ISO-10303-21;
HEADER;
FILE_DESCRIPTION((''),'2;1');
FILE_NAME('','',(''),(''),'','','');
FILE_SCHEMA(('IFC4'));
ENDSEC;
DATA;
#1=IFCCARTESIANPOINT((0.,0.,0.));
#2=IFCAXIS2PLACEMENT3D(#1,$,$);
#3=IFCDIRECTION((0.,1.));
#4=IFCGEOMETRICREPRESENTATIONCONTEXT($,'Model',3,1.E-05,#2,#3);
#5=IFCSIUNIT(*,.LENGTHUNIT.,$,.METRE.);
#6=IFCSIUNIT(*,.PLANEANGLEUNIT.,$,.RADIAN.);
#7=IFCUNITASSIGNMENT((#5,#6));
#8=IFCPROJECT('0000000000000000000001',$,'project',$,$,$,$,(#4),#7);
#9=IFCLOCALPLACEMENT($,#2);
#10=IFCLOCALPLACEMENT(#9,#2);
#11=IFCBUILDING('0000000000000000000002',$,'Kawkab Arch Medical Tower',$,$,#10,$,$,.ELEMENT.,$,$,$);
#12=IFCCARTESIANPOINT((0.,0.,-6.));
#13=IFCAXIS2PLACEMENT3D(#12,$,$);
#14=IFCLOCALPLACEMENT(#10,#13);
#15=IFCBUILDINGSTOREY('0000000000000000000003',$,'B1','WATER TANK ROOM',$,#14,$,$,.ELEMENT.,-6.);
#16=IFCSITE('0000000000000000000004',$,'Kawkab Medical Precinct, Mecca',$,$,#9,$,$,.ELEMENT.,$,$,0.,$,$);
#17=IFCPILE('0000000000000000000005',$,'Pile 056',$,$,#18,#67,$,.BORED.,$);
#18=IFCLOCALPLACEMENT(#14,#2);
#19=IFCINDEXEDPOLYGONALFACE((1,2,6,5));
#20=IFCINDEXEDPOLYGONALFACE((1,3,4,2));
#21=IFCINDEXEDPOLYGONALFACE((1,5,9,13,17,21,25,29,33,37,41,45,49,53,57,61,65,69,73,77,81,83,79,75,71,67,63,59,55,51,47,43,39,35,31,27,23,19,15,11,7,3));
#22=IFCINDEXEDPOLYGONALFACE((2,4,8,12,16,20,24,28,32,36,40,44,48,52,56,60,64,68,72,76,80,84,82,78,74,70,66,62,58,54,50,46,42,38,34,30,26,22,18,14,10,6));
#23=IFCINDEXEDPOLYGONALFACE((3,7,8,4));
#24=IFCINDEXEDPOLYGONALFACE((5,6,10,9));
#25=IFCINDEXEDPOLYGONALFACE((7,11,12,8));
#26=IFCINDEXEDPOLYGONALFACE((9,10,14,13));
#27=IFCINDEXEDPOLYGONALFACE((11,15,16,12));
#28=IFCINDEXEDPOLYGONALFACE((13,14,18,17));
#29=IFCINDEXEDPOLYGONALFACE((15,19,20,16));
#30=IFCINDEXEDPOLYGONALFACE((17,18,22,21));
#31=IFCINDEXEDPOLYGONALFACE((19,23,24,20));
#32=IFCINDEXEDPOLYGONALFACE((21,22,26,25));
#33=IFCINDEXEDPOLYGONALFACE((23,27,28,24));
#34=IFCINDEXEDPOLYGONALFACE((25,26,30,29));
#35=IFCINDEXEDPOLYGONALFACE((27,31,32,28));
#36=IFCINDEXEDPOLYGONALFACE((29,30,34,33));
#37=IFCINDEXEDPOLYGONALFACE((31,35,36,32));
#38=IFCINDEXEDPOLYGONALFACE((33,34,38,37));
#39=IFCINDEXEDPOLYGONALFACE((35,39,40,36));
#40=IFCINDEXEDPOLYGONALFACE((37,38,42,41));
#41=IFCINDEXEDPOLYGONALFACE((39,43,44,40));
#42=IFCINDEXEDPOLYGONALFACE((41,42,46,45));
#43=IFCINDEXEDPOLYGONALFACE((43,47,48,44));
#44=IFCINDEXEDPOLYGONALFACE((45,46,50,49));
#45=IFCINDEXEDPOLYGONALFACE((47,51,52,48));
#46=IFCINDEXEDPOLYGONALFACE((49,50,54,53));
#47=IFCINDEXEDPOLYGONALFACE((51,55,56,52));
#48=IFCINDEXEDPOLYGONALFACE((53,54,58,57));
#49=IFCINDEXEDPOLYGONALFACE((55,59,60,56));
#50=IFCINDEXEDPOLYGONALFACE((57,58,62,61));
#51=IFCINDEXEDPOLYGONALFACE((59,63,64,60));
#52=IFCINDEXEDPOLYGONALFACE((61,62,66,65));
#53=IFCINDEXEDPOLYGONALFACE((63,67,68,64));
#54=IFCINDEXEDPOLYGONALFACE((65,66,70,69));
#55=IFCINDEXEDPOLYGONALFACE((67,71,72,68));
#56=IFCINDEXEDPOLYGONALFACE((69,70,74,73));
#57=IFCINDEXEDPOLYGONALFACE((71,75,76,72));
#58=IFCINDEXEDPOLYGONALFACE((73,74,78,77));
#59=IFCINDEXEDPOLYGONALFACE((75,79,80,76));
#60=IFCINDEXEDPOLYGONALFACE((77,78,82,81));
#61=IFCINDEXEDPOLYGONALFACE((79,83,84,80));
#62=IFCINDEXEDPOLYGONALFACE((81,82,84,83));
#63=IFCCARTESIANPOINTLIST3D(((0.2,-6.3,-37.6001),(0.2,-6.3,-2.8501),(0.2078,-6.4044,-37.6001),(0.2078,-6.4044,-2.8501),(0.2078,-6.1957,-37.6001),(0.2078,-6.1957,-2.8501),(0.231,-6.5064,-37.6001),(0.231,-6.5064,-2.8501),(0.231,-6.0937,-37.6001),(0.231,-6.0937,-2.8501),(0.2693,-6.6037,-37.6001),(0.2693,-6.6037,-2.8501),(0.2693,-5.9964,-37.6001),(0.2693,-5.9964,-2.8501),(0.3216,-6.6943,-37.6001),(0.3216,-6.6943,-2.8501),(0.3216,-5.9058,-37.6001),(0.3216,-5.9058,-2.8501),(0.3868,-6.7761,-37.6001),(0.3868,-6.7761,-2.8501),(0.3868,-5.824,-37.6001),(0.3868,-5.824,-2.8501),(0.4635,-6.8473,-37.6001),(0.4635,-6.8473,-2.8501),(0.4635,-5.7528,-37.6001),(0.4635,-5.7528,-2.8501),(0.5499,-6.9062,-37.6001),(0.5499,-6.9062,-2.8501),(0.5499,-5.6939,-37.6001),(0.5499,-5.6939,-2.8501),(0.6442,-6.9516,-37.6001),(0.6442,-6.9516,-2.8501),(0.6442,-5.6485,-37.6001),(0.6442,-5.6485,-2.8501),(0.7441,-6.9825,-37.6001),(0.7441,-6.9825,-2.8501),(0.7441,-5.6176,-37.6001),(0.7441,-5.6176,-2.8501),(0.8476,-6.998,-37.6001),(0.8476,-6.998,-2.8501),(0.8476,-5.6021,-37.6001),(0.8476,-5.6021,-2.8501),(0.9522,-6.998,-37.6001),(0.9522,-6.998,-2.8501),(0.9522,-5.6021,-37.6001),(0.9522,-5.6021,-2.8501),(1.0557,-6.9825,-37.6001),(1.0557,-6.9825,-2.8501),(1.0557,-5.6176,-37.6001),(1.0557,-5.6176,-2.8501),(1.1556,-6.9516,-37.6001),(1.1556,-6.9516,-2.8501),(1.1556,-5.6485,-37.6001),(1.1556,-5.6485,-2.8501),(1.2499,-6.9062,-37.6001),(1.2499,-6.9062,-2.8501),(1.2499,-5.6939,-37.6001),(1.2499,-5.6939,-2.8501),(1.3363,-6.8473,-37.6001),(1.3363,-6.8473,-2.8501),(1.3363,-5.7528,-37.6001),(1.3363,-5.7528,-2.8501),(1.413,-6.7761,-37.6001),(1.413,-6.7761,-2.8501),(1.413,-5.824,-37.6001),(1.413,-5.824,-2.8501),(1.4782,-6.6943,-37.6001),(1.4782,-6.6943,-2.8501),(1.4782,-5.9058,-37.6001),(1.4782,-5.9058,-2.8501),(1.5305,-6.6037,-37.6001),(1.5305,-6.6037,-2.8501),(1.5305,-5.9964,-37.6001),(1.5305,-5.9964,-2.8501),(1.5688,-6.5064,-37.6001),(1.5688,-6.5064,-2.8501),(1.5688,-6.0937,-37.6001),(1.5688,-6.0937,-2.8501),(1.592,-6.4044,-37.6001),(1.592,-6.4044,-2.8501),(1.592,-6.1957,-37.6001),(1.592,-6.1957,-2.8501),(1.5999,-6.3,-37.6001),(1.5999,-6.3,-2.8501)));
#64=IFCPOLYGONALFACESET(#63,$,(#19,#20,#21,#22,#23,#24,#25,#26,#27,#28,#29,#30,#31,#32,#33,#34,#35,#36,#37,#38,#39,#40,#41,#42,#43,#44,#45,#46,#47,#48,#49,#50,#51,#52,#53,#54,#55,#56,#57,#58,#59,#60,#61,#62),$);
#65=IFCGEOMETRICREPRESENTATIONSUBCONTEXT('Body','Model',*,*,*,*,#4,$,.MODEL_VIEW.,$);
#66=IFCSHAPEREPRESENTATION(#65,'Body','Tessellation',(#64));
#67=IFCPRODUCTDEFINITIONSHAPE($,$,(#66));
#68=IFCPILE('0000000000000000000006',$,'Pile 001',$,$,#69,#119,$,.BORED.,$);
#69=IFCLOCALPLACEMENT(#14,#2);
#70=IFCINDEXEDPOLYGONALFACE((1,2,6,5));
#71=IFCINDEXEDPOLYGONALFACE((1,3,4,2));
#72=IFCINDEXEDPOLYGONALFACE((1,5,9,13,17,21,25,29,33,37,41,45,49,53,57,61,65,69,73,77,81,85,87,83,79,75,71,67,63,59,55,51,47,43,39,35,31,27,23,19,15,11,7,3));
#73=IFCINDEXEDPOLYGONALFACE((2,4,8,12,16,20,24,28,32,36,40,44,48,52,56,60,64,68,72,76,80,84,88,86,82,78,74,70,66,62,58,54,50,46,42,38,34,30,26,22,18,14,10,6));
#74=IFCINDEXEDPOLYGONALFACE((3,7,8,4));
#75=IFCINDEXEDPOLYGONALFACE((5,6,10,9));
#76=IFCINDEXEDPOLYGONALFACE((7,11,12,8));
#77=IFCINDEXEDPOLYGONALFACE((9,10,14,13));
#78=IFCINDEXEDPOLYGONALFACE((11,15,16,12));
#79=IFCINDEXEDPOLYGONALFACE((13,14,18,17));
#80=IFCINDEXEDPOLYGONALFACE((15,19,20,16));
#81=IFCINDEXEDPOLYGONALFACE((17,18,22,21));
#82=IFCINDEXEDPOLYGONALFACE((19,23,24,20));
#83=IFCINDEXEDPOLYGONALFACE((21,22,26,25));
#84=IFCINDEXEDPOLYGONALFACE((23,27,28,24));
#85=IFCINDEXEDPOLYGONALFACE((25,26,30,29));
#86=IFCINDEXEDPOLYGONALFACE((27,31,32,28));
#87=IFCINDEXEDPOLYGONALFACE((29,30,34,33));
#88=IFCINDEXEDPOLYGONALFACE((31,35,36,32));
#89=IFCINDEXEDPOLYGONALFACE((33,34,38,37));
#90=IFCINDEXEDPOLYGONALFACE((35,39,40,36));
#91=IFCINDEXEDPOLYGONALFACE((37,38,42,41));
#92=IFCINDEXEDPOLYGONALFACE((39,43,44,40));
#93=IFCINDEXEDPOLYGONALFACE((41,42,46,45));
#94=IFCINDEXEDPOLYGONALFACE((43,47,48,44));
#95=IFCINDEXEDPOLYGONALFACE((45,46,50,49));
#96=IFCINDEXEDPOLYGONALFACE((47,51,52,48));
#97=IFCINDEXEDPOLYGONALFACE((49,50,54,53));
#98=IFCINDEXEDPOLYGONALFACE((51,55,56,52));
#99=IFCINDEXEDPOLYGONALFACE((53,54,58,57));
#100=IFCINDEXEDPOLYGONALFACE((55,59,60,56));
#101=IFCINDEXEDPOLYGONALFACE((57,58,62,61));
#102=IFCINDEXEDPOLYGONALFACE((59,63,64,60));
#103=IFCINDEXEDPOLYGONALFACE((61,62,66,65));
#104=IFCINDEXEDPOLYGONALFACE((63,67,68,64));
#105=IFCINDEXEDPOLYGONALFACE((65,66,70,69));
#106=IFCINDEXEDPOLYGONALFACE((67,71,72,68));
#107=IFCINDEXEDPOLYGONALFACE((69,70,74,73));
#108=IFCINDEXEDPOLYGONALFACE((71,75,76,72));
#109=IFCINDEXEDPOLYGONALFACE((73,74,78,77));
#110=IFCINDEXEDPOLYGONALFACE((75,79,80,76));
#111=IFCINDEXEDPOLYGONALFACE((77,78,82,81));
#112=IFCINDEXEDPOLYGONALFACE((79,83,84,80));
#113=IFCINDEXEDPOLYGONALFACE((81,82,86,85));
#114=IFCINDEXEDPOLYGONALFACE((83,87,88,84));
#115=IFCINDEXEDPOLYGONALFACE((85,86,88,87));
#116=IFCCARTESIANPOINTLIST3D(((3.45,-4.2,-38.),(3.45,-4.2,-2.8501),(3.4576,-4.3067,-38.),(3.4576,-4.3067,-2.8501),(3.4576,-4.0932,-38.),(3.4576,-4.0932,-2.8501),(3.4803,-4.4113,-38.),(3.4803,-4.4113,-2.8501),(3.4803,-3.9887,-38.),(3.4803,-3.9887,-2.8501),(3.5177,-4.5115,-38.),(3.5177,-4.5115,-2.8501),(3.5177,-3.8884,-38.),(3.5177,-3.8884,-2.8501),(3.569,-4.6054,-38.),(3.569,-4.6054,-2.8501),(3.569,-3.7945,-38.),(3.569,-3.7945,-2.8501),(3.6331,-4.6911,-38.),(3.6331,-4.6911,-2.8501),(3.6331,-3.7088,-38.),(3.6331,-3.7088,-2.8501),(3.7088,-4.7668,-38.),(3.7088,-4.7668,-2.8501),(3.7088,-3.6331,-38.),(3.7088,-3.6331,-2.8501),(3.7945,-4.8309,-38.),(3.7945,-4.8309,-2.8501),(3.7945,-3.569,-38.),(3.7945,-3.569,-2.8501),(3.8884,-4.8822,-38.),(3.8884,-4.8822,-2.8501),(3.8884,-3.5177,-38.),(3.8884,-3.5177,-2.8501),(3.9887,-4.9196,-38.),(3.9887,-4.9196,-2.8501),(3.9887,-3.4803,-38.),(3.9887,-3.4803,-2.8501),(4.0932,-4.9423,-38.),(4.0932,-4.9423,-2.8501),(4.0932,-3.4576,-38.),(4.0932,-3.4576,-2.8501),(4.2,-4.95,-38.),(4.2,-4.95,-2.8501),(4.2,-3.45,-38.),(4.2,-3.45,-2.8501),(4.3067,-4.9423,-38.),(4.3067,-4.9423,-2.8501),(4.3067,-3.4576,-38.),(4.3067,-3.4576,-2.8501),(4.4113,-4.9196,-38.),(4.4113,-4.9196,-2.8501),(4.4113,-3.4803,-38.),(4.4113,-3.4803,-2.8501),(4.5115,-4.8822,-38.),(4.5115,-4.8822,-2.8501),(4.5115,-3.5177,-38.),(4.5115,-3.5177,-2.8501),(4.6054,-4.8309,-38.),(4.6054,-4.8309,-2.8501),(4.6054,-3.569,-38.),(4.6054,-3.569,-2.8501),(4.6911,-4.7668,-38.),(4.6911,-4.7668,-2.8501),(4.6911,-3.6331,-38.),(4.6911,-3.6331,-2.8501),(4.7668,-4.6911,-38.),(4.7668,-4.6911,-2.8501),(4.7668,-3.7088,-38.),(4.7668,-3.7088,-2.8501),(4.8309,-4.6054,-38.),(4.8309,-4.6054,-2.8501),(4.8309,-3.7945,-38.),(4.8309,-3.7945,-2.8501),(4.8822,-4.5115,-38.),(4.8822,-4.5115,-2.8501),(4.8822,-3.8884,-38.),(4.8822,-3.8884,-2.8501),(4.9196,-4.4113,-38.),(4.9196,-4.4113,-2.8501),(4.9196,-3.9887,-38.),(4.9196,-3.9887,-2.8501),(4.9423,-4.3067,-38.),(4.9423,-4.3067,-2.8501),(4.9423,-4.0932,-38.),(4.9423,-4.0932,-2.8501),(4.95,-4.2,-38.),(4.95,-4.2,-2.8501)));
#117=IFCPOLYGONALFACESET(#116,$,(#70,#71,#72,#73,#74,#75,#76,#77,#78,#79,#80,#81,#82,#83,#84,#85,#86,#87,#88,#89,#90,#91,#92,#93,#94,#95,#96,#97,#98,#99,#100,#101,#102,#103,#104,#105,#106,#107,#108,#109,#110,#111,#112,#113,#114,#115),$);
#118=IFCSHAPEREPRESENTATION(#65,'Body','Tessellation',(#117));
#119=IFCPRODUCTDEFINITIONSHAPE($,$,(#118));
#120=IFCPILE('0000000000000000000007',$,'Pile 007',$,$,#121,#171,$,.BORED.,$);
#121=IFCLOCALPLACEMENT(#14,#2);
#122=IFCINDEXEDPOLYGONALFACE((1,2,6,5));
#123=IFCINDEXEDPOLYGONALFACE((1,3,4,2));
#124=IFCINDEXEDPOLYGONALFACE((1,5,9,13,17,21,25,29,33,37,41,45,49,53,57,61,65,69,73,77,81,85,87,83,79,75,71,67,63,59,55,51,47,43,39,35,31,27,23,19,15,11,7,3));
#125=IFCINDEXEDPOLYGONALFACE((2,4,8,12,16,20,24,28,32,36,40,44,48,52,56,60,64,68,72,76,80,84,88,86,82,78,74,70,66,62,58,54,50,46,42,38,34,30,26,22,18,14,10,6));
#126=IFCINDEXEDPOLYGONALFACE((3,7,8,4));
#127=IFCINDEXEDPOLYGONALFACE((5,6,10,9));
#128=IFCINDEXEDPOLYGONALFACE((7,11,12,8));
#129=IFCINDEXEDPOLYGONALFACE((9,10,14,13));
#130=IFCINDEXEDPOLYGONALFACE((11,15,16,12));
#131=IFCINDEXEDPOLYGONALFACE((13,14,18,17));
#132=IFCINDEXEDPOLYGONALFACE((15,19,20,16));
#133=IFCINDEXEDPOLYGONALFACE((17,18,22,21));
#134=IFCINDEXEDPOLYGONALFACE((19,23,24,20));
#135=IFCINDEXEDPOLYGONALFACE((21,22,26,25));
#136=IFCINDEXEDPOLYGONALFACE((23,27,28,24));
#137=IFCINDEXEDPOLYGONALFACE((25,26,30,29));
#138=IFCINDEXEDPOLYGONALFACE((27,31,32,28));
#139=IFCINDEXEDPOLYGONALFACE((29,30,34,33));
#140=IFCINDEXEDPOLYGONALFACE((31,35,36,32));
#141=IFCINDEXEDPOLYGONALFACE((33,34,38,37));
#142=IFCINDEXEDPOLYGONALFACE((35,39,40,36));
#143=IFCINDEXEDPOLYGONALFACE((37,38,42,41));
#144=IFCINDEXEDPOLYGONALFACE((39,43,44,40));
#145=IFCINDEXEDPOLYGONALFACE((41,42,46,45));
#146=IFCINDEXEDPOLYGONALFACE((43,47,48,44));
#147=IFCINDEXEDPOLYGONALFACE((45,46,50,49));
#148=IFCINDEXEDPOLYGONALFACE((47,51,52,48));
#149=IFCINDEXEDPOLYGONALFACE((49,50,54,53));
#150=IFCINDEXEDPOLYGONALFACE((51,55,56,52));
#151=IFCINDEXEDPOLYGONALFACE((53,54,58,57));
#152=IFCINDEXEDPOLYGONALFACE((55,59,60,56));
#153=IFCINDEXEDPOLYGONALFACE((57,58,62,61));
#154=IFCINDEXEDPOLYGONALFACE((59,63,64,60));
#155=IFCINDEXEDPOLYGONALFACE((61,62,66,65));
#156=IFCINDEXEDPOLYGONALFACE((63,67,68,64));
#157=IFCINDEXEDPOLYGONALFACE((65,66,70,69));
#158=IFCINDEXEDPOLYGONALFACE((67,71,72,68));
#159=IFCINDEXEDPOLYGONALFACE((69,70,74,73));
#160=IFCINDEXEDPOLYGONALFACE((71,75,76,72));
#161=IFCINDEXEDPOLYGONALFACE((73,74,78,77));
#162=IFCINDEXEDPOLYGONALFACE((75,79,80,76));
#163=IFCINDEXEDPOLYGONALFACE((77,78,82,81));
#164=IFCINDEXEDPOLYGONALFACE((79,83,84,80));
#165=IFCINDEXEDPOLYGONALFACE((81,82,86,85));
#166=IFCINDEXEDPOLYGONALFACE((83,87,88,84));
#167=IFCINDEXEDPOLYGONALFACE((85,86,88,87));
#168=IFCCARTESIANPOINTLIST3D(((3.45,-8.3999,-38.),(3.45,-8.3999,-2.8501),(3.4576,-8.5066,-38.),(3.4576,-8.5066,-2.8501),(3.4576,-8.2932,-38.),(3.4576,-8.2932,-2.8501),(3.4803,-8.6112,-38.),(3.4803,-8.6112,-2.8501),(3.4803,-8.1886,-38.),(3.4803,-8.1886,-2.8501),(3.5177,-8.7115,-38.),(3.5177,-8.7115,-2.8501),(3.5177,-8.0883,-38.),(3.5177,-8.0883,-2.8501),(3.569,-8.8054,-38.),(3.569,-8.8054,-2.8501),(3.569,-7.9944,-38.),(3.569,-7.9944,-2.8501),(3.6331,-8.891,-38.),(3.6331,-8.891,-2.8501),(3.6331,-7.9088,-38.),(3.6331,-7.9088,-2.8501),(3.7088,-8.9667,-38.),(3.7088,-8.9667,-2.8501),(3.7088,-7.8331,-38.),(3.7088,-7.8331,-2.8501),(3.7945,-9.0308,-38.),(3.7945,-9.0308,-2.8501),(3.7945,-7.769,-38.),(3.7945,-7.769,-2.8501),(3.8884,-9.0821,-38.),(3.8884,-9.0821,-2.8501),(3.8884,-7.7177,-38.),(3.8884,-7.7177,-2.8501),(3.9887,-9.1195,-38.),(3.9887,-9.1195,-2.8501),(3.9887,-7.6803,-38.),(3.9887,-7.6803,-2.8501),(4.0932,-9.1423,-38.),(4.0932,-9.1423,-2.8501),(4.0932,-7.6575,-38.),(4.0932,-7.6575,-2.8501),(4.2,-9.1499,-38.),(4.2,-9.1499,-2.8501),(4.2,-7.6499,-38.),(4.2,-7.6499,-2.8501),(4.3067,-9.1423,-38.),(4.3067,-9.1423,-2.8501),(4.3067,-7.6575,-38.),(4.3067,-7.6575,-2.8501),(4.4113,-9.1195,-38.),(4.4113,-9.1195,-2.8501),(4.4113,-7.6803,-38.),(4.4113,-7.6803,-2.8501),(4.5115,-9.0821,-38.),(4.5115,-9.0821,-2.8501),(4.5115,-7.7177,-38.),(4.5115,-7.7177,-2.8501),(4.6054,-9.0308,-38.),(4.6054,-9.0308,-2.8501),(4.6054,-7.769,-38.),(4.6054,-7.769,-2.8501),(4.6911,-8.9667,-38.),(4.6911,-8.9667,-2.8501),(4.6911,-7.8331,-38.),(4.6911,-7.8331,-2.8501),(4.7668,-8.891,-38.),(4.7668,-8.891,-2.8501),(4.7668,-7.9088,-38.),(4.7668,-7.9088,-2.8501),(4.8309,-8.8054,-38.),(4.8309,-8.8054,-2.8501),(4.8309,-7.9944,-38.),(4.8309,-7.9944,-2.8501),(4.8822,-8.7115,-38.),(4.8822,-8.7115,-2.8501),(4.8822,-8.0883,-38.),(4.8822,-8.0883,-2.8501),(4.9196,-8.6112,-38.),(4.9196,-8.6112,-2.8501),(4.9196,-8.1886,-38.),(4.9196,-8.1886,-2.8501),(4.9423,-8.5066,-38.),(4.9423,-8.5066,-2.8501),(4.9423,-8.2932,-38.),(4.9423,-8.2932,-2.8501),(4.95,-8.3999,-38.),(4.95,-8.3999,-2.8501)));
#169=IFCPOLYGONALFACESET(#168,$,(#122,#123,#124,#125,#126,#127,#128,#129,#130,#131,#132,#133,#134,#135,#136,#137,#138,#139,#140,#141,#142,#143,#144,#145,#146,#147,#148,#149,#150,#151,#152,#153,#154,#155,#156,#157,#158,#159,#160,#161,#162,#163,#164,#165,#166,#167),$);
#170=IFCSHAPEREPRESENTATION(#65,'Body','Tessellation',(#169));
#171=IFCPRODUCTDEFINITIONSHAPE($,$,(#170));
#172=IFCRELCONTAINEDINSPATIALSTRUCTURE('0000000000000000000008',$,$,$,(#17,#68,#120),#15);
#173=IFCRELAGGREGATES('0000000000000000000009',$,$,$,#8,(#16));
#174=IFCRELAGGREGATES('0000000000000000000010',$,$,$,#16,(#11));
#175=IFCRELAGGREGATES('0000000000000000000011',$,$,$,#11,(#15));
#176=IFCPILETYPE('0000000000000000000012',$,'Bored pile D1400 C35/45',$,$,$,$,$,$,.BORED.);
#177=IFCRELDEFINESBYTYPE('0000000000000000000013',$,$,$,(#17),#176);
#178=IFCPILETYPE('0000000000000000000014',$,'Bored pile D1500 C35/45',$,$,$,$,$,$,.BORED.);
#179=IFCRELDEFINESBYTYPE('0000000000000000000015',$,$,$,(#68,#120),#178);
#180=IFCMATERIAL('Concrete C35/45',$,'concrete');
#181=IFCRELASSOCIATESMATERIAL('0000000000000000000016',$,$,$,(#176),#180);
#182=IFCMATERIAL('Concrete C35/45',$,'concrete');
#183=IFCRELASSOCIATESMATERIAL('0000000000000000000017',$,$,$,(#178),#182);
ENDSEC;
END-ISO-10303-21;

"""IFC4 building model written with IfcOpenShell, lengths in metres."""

from ifc_helpers import new_model, si_unit, direction, frame, origin, origin_2d, place, context, subcontext, project, spatial, circle, extrude, material, material_profile, profile_set, type_object, element, save


model = new_model("IFC4")

# Units and contexts
model_context = context("Model", 3, precision=1e-05, world=origin(), true_north=direction((0.0, 1.0)))
body_context = subcontext(model_context, "Body", "Model", "MODEL_VIEW")
ifc_project = project(units=[si_unit("LENGTHUNIT", "METRE"), si_unit("PLANEANGLEUNIT", "RADIAN")], contexts=[model_context])

# Site, building, storey
site_placement = place(None, origin())
site = spatial("IfcSite", under=ifc_project, at=site_placement, Name="Kawkab Medical Precinct, Mecca", CompositionType="ELEMENT", RefElevation=0.0)
building_placement = place(site_placement, origin())
building = spatial("IfcBuilding", under=site, at=building_placement, Name="Kawkab Arch Medical Tower", CompositionType="ELEMENT")
storey_placement = place(building_placement, frame((0.0, 0.0, -6.0)))
storey = spatial("IfcBuildingStorey", under=building, at=storey_placement, Name="B1", Description="WATER TANK ROOM", CompositionType="ELEMENT", Elevation=-6.0)

# Piles
ifc_material_1 = material(Name="Concrete C35/45", Category="concrete")
ifc_material_profile_1 = material_profile(ifc_material_1, circle(Radius=0.7, at=origin_2d()), Name="Bored pile D1400")
ifc_profile_set_1 = profile_set([ifc_material_profile_1], Name="Concrete C35/45")
pile_type_1 = type_object("IfcPileType", Name="Bored pile D1400 C35/45", PredefinedType="BORED", material=ifc_profile_set_1)
pile_placement = place(storey_placement, frame((0.8999, -6.3, -2.8501), z_axis=(0.0, 0.0, -1.0), x_axis=(1.0, 0.0, 0.0)))
element("IfcPile", 1, at=pile_placement, inside=storey, type_object=pile_type_1, Name="Pile 056", PredefinedType="BORED", context=body_context, shape_type="SweptSolid", body=[
    extrude(circle(Radius=0.7, at=origin_2d()), origin(), (0.0, 0.0, 1.0), 34.75),
])
ifc_material_2 = material(Name="Concrete C35/45", Category="concrete")
ifc_material_profile_2 = material_profile(ifc_material_2, circle(Radius=0.75, at=origin_2d()), Name="Bored pile D1500")
ifc_profile_set_2 = profile_set([ifc_material_profile_2], Name="Concrete C35/45")
pile_type_2 = type_object("IfcPileType", Name="Bored pile D1500 C35/45", PredefinedType="BORED", material=ifc_profile_set_2)
for number, where, z_axis, x_axis, name in (
    (2, (4.2, -4.2, -2.8501), (0.0, 0.0, -1.0), (1.0, 0.0, 0.0), "Pile 001"),
    (3, (4.2, -8.3999, -2.8501), (0.0, 0.0, -1.0), (1.0, 0.0, 0.0), "Pile 007"),
):
    element("IfcPile", number, at=place(storey_placement, frame(where, z_axis=z_axis, x_axis=x_axis)), inside=storey, type_object=pile_type_2, Name=name, PredefinedType="BORED", context=body_context, shape_type="SweptSolid", body=[
        extrude(circle(Radius=0.75, at=origin_2d()), origin(), (0.0, 0.0, 1.0), 35.1499),
    ])

save(model, "model.ifc")
